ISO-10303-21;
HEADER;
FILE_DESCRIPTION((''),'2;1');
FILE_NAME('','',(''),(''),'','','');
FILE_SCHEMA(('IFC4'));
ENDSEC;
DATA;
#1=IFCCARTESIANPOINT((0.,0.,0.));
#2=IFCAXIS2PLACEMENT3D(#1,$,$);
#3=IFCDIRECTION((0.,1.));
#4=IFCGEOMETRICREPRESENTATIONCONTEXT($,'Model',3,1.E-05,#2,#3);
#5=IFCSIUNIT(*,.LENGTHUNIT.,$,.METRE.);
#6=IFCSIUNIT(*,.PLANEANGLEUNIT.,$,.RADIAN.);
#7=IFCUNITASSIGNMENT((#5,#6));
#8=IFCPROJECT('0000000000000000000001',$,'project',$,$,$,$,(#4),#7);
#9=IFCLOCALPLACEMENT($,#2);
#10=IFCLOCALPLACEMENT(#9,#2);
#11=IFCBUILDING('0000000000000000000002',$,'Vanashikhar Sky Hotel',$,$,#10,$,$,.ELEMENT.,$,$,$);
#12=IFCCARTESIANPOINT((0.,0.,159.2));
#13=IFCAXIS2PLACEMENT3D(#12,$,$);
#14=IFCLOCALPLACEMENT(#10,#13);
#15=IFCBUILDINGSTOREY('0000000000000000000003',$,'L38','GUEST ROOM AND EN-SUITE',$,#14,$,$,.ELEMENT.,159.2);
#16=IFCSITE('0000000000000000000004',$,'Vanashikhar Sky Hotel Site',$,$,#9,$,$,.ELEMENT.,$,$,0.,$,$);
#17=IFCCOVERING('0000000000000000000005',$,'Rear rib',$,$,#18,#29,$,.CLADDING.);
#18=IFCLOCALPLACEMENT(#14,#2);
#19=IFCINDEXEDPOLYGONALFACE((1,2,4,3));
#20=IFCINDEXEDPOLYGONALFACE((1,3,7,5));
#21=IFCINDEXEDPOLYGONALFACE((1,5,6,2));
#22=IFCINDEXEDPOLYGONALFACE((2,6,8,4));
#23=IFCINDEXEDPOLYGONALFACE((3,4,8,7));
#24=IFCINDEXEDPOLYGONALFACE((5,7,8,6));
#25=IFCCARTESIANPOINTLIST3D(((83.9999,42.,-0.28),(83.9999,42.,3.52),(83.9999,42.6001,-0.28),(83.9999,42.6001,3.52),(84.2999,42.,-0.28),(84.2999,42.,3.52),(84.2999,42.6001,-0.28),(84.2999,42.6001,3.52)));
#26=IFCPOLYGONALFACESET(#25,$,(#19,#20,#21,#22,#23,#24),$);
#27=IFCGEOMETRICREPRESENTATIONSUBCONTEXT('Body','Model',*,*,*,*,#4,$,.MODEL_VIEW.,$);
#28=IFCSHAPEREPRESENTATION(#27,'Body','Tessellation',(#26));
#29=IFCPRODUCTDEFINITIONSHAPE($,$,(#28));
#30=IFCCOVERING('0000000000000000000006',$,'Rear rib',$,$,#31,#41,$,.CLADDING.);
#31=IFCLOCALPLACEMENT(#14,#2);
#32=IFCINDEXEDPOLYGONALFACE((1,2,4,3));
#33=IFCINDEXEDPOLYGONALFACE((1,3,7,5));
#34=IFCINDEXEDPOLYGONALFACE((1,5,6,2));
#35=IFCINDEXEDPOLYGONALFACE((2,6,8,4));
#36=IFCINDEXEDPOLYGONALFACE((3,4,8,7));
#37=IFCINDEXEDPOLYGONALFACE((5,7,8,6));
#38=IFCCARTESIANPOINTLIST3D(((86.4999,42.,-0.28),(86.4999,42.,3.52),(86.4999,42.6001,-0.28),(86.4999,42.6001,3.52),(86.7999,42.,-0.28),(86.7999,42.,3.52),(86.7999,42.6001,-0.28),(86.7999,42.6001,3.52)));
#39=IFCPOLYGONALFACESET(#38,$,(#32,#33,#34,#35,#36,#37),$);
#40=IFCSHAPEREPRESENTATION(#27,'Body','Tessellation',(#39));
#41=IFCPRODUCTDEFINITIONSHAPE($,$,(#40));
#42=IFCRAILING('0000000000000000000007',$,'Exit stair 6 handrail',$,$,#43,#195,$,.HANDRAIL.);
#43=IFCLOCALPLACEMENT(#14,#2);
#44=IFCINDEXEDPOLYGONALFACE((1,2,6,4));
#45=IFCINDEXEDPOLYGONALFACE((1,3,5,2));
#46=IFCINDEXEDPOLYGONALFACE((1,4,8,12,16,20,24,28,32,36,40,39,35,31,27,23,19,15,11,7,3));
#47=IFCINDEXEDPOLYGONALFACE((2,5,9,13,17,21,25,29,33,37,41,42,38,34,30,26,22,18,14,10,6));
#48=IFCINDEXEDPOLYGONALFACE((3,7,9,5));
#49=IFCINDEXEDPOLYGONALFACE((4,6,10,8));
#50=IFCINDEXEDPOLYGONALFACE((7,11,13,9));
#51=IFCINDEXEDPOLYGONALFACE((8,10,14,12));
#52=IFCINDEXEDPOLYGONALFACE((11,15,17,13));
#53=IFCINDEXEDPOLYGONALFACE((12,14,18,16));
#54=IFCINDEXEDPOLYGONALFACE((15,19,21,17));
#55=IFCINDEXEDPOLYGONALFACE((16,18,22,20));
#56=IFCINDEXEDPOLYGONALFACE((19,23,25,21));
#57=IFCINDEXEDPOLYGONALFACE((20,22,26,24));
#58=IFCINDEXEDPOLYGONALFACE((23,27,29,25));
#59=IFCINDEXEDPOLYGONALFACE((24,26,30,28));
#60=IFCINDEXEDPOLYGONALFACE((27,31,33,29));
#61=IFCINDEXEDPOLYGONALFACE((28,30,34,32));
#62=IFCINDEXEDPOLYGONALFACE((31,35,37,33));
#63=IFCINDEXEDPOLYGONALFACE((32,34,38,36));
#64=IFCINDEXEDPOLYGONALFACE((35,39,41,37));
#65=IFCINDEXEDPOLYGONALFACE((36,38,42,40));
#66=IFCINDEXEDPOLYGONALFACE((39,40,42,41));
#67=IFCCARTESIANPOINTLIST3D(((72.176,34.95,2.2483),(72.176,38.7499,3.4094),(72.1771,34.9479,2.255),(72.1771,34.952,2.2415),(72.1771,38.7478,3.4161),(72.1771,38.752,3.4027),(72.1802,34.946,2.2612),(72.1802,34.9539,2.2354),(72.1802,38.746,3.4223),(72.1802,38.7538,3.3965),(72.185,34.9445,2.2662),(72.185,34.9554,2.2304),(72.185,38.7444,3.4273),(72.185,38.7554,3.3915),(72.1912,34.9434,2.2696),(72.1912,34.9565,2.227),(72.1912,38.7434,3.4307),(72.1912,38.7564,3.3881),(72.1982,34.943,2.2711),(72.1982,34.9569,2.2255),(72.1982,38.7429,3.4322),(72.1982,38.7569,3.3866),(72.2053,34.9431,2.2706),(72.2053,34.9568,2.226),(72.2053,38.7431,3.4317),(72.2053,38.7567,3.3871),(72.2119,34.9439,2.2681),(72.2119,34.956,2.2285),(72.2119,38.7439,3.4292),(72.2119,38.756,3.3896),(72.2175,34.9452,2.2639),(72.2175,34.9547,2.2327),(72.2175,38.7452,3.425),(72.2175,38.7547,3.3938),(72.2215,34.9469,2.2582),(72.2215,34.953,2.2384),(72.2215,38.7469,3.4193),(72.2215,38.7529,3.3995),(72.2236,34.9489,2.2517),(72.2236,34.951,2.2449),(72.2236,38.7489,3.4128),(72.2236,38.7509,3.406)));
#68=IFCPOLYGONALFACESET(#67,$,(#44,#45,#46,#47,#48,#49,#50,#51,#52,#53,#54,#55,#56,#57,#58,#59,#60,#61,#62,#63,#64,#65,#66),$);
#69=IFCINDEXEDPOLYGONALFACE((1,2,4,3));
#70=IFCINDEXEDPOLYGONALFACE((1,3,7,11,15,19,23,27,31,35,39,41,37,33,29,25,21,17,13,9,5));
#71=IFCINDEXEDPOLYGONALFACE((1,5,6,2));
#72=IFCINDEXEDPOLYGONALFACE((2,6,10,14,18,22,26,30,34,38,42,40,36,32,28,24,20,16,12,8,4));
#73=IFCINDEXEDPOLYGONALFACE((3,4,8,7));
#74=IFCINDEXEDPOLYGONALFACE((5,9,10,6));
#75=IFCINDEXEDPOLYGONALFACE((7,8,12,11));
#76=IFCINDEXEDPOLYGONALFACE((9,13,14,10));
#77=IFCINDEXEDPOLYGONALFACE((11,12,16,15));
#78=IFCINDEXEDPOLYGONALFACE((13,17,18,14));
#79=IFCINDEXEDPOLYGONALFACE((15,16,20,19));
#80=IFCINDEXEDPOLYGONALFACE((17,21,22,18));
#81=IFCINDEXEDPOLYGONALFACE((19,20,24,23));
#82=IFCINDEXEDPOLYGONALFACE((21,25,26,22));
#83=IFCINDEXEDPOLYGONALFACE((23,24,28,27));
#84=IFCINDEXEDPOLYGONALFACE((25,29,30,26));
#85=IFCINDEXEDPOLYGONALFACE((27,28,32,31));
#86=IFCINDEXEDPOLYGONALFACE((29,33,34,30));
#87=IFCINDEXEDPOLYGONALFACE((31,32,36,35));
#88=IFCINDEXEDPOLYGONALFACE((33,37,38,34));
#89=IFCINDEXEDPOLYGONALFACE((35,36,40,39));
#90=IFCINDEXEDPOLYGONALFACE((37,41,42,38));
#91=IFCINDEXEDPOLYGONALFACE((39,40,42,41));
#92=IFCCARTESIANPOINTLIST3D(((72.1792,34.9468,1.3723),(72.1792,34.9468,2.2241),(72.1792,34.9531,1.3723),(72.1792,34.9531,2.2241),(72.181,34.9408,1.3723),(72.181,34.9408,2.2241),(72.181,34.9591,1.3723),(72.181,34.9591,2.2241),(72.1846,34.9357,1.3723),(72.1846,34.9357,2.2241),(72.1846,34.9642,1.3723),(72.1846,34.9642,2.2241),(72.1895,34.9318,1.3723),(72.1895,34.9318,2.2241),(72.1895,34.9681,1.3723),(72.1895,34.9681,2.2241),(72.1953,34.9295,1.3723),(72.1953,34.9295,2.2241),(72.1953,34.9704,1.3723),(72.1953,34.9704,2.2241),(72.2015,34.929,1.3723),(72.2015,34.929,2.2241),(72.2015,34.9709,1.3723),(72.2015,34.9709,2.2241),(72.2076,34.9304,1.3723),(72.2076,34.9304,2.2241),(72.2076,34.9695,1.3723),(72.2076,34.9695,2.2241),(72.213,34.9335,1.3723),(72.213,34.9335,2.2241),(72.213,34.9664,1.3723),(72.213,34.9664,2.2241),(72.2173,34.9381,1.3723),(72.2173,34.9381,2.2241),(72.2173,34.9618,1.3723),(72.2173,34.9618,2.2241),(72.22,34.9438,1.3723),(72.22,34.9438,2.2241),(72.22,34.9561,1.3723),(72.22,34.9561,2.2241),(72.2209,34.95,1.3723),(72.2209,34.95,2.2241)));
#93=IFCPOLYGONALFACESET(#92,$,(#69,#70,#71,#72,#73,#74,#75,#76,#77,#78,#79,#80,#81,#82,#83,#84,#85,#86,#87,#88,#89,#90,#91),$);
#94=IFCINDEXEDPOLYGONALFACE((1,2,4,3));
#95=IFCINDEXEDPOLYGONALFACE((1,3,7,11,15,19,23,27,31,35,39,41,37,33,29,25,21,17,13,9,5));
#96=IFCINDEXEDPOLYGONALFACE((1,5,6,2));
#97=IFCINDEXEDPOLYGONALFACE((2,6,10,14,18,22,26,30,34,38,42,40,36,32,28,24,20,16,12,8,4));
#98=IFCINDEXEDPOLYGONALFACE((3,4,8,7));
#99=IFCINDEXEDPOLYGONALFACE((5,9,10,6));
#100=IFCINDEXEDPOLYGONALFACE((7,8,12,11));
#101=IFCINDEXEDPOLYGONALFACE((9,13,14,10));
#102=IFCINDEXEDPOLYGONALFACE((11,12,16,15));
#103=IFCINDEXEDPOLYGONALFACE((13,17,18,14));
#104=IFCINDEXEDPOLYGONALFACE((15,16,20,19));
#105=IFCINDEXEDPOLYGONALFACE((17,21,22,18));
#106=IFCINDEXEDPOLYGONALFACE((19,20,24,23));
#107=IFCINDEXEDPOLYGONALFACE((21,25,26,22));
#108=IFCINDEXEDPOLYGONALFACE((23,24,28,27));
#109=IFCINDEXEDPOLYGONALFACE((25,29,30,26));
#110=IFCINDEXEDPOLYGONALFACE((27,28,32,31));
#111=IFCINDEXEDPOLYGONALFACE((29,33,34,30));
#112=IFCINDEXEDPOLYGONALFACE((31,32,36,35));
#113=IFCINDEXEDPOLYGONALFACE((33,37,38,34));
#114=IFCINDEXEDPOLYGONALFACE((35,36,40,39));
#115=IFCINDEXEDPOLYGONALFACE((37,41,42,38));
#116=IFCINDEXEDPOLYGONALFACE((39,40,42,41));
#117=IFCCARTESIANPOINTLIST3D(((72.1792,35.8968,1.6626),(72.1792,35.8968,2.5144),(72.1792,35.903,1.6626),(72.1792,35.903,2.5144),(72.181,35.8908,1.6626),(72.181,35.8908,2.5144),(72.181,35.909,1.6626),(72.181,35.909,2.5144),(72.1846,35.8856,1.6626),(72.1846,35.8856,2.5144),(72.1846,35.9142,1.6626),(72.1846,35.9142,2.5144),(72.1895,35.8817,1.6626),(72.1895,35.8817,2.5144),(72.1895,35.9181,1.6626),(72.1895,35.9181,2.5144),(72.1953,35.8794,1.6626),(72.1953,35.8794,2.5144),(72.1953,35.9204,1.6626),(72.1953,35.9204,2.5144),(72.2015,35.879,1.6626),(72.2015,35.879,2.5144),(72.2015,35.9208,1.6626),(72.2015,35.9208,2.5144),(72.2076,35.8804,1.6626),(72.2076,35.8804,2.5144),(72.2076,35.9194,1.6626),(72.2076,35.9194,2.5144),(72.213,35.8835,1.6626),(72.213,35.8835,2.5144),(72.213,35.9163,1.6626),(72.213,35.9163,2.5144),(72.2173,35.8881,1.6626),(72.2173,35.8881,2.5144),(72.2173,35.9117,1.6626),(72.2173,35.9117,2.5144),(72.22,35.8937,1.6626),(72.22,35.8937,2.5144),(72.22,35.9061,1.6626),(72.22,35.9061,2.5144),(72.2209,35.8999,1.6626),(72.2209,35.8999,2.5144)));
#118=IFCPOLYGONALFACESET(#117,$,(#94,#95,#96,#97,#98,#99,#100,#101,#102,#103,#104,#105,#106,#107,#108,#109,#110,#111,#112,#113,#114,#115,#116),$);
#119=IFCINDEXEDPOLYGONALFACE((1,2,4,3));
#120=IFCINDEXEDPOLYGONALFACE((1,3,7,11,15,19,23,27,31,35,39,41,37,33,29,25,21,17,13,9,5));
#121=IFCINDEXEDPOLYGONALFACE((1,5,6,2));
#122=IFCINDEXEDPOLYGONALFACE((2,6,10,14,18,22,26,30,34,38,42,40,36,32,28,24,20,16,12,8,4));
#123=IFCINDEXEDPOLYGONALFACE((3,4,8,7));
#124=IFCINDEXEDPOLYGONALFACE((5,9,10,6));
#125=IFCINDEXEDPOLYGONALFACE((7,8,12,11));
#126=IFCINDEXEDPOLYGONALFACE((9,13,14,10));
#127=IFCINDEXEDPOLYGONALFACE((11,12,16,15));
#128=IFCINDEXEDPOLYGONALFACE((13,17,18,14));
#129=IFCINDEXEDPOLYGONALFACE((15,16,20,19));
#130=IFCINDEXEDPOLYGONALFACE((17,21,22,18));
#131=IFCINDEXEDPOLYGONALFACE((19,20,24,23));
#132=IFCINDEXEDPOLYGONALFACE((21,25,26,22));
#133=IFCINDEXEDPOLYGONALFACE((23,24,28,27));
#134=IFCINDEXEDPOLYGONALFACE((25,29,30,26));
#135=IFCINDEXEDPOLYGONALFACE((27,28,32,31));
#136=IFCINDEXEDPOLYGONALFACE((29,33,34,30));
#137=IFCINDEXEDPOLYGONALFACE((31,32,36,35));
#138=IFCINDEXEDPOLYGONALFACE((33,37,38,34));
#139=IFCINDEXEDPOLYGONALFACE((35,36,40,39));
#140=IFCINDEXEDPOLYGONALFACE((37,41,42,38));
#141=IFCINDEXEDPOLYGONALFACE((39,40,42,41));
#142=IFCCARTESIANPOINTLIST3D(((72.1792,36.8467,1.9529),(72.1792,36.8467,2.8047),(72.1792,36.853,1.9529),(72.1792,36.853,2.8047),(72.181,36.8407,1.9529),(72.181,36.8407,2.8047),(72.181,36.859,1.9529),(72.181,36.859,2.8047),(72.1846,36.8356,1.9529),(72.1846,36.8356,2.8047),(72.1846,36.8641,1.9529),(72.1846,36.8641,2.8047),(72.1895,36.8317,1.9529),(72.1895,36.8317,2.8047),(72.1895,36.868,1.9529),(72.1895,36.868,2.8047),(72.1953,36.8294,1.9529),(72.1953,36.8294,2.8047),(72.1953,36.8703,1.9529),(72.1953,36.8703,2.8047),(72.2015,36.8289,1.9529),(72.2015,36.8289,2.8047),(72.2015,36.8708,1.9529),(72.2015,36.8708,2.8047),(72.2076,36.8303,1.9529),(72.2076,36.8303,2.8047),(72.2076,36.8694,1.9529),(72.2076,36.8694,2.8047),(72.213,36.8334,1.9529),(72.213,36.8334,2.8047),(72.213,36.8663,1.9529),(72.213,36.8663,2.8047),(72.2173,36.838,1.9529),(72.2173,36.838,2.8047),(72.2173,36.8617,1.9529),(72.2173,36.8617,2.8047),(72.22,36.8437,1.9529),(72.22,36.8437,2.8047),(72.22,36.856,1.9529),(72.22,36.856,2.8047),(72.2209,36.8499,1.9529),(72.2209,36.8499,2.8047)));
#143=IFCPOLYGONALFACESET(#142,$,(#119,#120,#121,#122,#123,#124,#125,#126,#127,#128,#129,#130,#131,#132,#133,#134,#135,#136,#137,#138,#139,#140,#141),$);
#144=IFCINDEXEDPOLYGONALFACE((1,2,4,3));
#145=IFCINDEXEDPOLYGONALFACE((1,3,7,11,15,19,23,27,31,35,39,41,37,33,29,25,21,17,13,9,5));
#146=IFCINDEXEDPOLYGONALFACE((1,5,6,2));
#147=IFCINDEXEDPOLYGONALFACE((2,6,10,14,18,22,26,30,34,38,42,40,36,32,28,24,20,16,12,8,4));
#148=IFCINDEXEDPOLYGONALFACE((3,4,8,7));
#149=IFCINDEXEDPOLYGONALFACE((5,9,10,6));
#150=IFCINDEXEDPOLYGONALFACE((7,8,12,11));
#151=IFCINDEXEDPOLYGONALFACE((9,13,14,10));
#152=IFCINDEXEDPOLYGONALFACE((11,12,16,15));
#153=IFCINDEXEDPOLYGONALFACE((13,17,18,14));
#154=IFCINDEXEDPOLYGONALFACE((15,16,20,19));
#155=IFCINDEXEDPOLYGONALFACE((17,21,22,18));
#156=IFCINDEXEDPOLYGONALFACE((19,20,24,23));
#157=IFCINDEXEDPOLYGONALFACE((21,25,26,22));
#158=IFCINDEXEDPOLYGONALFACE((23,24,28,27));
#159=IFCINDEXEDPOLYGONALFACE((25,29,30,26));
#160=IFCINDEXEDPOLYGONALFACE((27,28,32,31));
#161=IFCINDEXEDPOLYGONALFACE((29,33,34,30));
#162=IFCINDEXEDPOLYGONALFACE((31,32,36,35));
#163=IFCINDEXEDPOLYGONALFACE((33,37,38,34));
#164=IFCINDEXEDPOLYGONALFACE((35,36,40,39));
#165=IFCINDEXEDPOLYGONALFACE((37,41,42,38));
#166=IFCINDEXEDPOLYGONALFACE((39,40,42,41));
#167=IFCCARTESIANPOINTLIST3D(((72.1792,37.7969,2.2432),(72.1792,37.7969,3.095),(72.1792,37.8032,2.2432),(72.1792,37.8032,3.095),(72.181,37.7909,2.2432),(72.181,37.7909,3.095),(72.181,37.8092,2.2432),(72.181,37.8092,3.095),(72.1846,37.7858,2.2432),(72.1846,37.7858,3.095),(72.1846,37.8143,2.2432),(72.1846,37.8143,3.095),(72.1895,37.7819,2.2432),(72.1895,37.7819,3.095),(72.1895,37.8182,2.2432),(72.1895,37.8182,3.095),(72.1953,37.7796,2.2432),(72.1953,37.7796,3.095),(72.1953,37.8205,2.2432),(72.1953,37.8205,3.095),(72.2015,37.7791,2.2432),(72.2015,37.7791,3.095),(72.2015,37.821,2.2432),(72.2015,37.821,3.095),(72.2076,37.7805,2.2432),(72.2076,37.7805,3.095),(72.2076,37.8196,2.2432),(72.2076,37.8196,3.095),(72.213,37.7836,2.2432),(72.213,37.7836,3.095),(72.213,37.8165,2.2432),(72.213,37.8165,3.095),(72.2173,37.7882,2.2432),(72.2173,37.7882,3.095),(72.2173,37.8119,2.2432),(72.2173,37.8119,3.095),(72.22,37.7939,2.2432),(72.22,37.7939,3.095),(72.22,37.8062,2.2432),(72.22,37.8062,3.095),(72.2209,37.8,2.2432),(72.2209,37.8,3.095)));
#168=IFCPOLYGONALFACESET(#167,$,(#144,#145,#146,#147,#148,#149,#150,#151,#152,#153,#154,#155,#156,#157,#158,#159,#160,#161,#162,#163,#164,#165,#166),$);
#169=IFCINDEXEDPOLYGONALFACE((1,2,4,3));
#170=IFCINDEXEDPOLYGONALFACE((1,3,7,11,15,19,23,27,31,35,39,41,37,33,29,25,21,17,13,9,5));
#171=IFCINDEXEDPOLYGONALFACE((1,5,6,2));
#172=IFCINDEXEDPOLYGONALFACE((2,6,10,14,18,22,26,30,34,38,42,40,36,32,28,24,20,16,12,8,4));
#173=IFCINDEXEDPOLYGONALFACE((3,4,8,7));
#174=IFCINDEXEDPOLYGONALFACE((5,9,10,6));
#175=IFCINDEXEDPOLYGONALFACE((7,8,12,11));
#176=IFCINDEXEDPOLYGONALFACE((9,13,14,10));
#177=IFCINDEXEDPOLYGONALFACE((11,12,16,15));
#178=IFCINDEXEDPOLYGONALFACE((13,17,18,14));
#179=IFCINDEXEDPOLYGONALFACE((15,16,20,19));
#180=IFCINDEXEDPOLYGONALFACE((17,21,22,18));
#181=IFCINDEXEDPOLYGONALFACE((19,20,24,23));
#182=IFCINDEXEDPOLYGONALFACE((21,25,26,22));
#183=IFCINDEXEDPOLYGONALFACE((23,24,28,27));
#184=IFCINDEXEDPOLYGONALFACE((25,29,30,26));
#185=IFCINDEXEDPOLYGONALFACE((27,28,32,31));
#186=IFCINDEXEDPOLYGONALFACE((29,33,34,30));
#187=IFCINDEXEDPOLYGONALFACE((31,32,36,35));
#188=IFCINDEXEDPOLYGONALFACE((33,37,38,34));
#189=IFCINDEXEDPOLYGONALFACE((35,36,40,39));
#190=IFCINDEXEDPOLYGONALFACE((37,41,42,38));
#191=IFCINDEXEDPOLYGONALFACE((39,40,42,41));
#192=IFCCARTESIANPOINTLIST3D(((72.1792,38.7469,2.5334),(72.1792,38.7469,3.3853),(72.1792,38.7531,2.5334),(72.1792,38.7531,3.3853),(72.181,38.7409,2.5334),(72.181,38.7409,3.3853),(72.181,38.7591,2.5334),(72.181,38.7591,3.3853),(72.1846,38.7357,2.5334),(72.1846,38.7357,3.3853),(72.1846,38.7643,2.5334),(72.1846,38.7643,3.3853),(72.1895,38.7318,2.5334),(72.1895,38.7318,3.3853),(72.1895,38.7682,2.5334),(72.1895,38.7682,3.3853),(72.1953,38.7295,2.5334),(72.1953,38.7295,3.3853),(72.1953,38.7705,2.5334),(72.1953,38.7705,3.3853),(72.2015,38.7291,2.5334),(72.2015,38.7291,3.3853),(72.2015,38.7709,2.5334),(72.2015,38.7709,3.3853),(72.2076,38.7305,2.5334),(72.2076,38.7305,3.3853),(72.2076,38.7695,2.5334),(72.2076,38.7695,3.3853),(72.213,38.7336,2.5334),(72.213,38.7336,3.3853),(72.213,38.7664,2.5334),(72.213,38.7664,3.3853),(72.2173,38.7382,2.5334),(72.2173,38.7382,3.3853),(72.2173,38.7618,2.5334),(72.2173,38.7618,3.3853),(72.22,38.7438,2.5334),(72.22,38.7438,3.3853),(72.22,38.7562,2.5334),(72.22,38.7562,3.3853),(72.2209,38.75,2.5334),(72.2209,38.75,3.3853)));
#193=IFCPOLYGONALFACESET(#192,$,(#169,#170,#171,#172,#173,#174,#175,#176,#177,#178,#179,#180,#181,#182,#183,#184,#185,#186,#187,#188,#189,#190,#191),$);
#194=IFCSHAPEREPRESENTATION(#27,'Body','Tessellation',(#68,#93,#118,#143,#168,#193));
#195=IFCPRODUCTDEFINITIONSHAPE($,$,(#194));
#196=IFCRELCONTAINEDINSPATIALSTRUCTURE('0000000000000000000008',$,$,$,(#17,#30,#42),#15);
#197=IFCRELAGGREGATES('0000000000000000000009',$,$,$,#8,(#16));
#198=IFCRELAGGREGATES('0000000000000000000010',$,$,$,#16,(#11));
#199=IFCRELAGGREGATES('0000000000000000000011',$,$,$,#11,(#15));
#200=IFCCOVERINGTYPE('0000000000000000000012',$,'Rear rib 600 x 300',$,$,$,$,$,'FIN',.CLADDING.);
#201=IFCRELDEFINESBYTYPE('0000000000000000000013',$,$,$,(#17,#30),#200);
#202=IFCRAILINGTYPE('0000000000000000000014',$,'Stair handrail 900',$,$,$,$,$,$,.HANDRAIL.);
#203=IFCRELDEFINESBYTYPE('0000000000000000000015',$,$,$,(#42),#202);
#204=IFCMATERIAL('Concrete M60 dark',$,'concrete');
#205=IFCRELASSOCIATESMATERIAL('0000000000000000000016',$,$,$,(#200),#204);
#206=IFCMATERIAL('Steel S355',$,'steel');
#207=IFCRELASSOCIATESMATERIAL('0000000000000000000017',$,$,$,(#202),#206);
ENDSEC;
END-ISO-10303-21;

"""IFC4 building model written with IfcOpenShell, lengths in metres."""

from ifc_helpers import new_model, si_unit, direction, frame, origin, origin_2d, place, context, subcontext, project, spatial, rectangle, circle, extrude, source, transform, mapped, material, material_profile, profile_set, type_object, element, save


model = new_model("IFC4")

# Units and contexts
model_context = context("Model", 3, precision=1e-05, world=origin(), true_north=direction((0.0, 1.0)))
body_context = subcontext(model_context, "Body", "Model", "MODEL_VIEW")
ifc_project = project(units=[si_unit("LENGTHUNIT", "METRE"), si_unit("PLANEANGLEUNIT", "RADIAN")], contexts=[model_context])

# Site, building, storey
site_placement = place(None, origin())
site = spatial("IfcSite", under=ifc_project, at=site_placement, Name="Vanashikhar Sky Hotel Site", CompositionType="ELEMENT", RefElevation=0.0)
building_placement = place(site_placement, origin())
building = spatial("IfcBuilding", under=site, at=building_placement, Name="Vanashikhar Sky Hotel", CompositionType="ELEMENT")
storey_placement = place(building_placement, frame((0.0, 0.0, 159.2)))
storey = spatial("IfcBuildingStorey", under=building, at=storey_placement, Name="L38", Description="GUEST ROOM AND EN-SUITE", CompositionType="ELEMENT", Elevation=159.2)

# Coverings
ifc_material_1 = material(Name="Concrete M60 dark", Category="concrete")
ifc_material_profile_1 = material_profile(ifc_material_1, rectangle(XDim=0.6001, YDim=0.3, at=origin_2d()))
ifc_profile_set_1 = profile_set([ifc_material_profile_1], Name="Rear rib 600 x 300")
covering_type_1 = type_object("IfcCoveringType", Name="Rear rib 600 x 300", ElementType="FIN", PredefinedType="CLADDING", material=ifc_profile_set_1)
shared_shape_1 = source(origin(), body_context, "Body", "SweptSolid", [
    extrude(rectangle(XDim=0.6001, YDim=0.3, at=origin_2d()), origin(), (0.0, 0.0, 1.0), 3.8),
])
for number, where, z_axis, x_axis, name in (
    (1, (84.1499, 42.3, -0.28), (0.0, 0.0, 1.0), (0.0, 1.0, 0.0), "Rear rib"),
    (2, (86.6499, 42.3, -0.28), (0.0, 0.0, 1.0), (0.0, 1.0, 0.0), "Rear rib"),
):
    element("IfcCovering", number, at=place(storey_placement, frame(where, z_axis=z_axis, x_axis=x_axis)), inside=storey, type_object=covering_type_1, Name=name, PredefinedType="CLADDING", context=body_context, shape_type="MappedRepresentation", body=[
        mapped(shared_shape_1, transform((0.0, 0.0, 0.0), scale=1.0)),
    ])

# Railing
ifc_material_2 = material(Name="Steel S355", Category="steel")
railing_type_1 = type_object("IfcRailingType", Name="Stair handrail 900", PredefinedType="HANDRAIL", material=ifc_material_2)
shared_shape_2 = source(origin(), body_context, "Body", "SweptSolid", [
    extrude(circle(Radius=0.0239, at=origin_2d()), frame((0.0, 0.0, 0.876), z_axis=(0.0, 0.956351, 0.29222), x_axis=(-1.0, 0.0, 0.0)), (0.0, 0.0, 1.0), 3.9734),
    extrude(circle(Radius=0.021, at=origin_2d()), origin(), (0.0, 0.0, 1.0), 0.8518),
    extrude(circle(Radius=0.021, at=origin_2d()), frame((0.0, 0.95, 0.2903)), (0.0, 0.0, 1.0), 0.8518),
    extrude(circle(Radius=0.021, at=origin_2d()), frame((0.0, 1.8999, 0.5806)), (0.0, 0.0, 1.0), 0.8518),
    extrude(circle(Radius=0.021, at=origin_2d()), frame((0.0, 2.8501, 0.8708)), (0.0, 0.0, 1.0), 0.8518),
    extrude(circle(Radius=0.021, at=origin_2d()), frame((0.0, 3.8, 1.1611)), (0.0, 0.0, 1.0), 0.8518),
])
railing_1_placement = place(storey_placement, frame((72.2, 34.95, 1.3723)))
element("IfcRailing", 3, at=railing_1_placement, inside=storey, type_object=railing_type_1, Name="Exit stair 6 handrail", PredefinedType="HANDRAIL", context=body_context, shape_type="MappedRepresentation", body=[
    mapped(shared_shape_2, transform((0.0, 0.0, 0.0), scale=1.0)),
])

save(model, "model.ifc")
